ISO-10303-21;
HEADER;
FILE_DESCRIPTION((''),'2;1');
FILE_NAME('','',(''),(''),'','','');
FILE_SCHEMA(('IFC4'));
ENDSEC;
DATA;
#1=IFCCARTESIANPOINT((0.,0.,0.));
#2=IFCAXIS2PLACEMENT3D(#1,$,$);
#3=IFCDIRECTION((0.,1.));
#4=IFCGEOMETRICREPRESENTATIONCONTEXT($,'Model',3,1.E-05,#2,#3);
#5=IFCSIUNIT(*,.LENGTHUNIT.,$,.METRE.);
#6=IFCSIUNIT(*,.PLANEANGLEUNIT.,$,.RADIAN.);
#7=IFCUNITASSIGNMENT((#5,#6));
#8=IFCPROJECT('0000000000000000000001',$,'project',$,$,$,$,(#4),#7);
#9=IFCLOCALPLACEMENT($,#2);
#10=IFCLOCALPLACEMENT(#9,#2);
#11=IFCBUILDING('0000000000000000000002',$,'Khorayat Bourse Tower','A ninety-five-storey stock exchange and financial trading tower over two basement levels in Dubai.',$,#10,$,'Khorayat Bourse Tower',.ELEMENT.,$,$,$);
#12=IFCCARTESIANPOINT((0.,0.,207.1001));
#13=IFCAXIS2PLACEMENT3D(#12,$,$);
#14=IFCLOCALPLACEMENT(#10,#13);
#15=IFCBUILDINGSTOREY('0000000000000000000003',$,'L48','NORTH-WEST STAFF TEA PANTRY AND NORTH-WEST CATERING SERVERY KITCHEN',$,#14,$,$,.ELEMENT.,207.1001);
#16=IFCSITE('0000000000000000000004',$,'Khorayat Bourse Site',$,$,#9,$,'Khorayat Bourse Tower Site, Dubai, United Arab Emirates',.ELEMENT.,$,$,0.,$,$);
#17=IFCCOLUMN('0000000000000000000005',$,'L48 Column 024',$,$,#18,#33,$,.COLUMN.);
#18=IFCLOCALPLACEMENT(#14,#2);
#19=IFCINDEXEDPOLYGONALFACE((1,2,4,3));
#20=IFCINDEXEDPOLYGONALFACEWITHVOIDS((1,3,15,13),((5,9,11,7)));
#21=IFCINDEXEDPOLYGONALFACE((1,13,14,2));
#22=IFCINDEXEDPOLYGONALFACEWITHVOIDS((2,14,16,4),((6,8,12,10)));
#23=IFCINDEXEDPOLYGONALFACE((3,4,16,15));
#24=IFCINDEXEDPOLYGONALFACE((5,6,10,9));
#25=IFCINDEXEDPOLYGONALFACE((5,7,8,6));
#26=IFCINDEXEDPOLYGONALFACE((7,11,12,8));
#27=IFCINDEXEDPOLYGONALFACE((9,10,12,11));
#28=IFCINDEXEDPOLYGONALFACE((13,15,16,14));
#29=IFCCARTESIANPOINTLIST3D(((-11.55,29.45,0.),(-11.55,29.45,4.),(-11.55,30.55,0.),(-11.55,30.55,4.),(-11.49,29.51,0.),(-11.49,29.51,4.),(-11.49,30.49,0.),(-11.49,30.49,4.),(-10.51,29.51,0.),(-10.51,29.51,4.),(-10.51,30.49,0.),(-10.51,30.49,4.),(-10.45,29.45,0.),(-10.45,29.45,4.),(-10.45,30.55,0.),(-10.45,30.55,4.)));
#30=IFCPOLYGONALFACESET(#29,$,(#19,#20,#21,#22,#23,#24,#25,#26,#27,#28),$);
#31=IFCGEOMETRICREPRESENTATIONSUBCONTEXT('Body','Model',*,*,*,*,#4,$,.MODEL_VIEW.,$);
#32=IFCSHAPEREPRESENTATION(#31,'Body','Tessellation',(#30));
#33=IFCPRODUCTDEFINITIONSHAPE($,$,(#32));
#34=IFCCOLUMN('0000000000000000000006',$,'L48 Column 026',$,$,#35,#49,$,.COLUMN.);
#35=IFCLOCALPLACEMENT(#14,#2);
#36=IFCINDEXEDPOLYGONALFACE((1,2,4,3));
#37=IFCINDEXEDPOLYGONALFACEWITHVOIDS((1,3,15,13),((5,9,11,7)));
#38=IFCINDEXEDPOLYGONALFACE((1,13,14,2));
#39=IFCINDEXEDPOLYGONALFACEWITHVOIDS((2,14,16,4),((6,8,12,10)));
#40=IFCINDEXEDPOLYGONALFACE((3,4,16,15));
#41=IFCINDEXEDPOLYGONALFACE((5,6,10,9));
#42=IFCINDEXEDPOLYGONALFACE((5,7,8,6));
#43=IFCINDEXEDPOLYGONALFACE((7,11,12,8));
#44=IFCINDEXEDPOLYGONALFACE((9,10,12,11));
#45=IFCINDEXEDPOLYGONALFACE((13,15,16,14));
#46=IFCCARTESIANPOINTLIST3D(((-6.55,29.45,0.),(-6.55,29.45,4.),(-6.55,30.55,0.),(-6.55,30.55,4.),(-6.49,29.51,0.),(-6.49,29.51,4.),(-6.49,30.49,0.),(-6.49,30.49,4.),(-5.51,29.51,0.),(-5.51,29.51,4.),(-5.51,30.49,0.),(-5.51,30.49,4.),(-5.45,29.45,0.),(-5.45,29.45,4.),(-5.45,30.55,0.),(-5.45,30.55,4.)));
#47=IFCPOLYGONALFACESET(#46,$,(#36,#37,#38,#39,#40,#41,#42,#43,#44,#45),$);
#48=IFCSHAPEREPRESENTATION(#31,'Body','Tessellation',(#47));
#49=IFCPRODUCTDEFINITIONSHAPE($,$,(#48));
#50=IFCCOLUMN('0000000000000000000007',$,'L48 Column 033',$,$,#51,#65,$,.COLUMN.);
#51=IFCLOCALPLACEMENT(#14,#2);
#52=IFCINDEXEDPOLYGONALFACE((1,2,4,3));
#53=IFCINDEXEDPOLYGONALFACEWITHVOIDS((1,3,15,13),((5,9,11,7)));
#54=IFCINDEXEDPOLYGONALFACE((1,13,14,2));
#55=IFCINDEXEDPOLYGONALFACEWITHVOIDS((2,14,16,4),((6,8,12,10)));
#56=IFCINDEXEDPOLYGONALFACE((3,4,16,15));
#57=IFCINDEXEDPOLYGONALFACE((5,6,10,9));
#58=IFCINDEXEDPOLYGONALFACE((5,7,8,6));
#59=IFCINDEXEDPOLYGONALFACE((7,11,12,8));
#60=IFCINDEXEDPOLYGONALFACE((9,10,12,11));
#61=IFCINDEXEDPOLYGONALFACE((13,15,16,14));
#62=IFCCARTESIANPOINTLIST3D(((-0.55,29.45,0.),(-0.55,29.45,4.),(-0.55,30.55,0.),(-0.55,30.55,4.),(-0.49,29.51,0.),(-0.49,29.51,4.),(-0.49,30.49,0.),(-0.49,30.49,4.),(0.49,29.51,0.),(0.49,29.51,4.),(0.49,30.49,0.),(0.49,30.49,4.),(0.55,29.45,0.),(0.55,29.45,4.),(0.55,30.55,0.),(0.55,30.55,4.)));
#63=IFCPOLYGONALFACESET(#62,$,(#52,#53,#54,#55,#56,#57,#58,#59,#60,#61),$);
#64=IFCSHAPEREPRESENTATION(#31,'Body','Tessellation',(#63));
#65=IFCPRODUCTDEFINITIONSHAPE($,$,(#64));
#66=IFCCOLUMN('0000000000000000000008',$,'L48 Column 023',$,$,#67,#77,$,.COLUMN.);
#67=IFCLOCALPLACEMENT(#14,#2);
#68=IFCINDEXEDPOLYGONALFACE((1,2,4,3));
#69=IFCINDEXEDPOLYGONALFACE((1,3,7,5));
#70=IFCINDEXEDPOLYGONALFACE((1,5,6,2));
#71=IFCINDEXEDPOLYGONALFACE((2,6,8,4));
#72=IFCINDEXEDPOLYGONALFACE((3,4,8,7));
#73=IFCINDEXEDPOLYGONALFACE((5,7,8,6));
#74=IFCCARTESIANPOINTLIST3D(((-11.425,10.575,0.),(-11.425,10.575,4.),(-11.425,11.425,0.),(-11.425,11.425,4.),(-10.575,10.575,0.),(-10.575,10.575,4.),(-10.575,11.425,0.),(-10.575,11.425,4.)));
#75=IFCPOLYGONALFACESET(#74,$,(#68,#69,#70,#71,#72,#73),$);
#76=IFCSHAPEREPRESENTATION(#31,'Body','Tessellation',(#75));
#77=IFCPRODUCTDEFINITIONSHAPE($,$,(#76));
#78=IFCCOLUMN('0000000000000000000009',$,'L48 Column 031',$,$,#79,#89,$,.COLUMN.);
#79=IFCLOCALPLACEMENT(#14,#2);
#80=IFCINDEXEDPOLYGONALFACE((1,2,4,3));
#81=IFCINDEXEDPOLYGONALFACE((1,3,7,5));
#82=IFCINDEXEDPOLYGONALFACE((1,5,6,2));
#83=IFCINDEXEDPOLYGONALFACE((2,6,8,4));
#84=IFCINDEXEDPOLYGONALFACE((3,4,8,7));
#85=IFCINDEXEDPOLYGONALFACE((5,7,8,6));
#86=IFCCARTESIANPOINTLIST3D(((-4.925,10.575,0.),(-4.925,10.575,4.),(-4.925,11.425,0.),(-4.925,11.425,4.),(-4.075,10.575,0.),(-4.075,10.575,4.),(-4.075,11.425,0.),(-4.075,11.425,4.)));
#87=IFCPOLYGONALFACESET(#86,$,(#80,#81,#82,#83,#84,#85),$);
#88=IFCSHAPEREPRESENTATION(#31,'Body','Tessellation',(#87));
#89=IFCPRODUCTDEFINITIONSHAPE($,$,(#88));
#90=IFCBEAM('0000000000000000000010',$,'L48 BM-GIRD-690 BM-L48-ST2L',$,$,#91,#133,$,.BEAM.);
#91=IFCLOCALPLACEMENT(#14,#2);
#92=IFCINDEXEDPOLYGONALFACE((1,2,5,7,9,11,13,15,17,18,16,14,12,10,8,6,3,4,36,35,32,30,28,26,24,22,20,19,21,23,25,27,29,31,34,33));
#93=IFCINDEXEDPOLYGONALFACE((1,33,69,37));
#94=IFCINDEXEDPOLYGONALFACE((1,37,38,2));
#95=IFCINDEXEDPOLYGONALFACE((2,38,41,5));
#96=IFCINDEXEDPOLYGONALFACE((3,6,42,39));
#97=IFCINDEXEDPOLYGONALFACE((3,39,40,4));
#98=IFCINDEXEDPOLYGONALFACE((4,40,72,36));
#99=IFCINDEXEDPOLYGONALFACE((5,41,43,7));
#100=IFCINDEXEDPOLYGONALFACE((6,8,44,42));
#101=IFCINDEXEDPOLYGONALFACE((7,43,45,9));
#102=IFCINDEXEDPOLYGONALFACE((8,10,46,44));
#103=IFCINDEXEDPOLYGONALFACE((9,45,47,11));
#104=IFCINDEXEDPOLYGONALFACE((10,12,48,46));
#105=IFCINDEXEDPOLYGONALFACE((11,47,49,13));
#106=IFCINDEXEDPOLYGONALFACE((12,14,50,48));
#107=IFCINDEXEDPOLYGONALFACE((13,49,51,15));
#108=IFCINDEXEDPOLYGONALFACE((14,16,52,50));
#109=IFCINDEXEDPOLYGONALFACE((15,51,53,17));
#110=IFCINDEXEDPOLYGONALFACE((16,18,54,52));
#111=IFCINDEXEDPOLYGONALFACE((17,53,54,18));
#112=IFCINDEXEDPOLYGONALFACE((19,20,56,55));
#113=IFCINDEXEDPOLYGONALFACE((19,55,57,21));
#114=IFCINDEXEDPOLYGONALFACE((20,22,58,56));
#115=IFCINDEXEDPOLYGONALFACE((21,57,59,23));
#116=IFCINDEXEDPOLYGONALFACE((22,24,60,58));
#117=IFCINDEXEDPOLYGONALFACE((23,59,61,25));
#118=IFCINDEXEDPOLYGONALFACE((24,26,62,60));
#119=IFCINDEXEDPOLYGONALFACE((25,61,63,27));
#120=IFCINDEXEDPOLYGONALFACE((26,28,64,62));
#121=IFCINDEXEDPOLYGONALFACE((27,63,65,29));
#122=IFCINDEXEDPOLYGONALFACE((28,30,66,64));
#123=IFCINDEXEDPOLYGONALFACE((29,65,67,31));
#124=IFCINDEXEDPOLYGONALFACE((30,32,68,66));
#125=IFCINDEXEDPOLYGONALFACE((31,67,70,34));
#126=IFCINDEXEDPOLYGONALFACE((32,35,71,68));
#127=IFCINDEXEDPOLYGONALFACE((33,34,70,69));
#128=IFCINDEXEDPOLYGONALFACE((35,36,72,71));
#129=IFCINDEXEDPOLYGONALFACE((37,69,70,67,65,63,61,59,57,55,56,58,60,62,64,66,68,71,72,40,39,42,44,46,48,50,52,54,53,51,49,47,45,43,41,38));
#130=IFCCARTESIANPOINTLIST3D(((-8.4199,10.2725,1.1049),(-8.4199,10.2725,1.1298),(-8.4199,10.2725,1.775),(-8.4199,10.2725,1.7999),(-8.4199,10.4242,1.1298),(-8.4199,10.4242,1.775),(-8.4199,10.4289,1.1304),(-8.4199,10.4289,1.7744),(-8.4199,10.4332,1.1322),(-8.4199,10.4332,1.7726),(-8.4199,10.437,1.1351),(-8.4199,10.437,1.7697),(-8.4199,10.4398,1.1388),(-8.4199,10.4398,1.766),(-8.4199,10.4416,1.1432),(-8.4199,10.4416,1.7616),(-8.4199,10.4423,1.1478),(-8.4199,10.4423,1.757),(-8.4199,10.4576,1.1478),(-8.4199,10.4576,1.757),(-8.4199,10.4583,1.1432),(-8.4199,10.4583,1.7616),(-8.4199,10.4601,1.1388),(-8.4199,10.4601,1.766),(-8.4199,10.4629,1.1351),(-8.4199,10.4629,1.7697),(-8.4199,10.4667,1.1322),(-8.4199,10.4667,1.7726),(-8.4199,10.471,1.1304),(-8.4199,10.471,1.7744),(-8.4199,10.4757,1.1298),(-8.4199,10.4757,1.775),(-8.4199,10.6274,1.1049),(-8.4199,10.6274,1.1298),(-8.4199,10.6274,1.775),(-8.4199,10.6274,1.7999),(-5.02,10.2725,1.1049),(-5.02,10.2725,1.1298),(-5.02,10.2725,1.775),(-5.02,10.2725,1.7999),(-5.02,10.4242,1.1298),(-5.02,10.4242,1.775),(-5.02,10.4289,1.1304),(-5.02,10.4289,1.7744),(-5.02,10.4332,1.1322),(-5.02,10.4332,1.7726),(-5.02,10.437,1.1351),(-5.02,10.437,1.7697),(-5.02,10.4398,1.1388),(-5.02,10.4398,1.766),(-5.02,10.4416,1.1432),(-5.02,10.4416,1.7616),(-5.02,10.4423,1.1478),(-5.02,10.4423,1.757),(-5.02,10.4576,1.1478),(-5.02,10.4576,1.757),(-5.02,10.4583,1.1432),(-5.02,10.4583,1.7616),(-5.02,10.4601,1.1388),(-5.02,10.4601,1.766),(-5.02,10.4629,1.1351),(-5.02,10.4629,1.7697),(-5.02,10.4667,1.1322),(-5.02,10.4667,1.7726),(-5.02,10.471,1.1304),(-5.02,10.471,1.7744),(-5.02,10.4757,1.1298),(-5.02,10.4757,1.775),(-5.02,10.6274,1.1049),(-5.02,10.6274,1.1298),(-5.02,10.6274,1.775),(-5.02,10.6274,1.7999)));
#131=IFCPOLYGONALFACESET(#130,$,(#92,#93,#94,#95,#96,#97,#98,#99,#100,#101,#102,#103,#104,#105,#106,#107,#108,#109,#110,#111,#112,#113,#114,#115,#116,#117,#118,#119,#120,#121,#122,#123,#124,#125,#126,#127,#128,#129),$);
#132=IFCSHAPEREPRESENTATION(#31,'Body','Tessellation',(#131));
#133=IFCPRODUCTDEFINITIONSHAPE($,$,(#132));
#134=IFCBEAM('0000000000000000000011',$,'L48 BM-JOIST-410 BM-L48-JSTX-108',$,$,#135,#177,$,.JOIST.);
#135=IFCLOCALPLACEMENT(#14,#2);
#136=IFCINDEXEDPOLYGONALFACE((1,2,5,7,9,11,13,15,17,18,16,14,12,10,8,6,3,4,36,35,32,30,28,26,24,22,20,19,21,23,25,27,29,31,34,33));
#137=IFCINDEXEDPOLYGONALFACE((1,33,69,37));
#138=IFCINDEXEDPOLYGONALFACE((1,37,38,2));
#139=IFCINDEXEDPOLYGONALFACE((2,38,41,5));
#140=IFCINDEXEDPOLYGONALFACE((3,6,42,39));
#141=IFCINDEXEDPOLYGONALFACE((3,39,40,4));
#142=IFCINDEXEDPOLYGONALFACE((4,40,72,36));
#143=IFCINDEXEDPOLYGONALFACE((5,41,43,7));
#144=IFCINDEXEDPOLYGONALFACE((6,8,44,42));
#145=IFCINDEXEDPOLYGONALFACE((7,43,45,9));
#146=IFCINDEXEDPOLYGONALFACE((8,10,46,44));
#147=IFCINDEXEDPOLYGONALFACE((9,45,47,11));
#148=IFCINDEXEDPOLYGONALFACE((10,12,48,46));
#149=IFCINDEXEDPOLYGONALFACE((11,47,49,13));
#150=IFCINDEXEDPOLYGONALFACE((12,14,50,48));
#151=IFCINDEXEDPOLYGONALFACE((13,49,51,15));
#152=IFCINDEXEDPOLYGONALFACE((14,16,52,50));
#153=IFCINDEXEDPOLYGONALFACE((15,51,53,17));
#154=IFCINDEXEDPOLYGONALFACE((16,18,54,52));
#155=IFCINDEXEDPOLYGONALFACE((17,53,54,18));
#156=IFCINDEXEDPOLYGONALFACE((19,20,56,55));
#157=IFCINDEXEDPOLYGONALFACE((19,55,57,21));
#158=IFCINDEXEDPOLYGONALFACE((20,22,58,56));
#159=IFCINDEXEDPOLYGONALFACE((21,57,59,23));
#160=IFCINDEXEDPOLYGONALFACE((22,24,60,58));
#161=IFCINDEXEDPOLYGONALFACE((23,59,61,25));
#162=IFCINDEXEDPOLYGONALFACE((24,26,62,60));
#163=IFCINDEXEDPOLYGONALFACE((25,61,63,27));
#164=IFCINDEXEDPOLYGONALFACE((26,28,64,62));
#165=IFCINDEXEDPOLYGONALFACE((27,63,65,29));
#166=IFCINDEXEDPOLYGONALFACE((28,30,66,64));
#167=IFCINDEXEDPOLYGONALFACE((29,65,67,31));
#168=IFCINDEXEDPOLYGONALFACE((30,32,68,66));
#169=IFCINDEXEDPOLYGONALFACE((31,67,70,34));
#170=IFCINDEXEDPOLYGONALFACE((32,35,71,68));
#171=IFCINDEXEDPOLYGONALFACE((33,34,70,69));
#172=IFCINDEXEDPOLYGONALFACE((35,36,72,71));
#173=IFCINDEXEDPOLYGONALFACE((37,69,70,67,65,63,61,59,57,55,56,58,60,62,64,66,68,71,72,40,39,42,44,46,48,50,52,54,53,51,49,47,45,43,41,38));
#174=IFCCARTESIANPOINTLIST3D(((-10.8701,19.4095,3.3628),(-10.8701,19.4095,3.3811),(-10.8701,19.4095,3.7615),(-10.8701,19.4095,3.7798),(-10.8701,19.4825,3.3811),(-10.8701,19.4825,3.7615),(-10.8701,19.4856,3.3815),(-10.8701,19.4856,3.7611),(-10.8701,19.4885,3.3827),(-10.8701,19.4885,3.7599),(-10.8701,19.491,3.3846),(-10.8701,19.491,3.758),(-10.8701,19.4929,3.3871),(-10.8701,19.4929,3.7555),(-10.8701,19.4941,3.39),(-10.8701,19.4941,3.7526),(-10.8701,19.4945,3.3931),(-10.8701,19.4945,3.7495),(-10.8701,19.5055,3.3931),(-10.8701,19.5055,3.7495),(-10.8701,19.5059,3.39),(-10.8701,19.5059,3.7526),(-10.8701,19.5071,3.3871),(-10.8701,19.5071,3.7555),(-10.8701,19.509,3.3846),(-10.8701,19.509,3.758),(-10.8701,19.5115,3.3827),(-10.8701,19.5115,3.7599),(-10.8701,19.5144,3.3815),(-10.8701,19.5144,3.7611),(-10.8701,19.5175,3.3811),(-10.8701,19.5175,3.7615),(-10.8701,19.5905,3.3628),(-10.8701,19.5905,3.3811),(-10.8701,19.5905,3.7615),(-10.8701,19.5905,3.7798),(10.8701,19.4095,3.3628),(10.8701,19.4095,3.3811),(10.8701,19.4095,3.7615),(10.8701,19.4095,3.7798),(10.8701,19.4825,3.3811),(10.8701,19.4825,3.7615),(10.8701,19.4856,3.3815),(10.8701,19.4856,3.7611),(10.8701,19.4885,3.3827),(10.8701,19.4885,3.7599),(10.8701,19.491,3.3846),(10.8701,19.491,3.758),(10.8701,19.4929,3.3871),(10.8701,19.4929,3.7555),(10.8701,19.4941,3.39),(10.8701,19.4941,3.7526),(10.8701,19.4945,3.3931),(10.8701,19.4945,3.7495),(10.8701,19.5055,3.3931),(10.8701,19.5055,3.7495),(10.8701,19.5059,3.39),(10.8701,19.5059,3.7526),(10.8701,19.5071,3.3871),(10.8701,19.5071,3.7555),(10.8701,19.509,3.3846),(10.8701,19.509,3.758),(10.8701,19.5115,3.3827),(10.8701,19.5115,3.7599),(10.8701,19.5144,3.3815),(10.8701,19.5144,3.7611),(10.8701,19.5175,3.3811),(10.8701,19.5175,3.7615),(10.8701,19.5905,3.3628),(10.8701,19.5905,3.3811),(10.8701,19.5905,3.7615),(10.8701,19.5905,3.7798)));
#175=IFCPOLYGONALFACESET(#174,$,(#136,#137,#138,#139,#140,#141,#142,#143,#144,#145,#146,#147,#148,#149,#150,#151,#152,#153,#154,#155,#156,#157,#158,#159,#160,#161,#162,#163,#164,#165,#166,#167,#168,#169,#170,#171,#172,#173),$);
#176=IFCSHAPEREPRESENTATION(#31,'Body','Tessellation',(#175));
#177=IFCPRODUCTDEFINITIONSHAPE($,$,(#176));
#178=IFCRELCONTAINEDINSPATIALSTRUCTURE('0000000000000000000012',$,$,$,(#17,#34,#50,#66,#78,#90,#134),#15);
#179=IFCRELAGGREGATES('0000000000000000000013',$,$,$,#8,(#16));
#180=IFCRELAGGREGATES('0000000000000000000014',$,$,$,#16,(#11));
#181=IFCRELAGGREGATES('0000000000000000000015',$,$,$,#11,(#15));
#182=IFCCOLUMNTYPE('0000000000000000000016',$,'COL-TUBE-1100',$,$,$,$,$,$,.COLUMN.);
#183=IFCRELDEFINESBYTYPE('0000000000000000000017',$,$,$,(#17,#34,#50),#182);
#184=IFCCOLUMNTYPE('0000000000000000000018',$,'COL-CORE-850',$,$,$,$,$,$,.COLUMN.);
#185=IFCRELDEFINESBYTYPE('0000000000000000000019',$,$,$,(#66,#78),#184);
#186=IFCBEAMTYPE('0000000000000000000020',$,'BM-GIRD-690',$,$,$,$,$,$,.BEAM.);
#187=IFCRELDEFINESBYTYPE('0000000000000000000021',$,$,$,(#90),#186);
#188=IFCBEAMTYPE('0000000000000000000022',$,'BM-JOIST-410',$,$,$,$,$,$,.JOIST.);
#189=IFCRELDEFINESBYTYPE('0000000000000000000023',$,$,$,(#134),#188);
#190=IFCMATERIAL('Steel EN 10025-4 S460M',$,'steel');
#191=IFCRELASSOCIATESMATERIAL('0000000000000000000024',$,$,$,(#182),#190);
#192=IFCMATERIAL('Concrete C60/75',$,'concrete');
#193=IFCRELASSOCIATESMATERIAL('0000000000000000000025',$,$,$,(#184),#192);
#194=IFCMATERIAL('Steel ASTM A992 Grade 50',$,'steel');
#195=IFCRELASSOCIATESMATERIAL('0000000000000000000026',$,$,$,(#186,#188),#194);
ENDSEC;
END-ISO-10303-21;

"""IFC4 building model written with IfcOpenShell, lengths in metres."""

from ifc_helpers import new_model, si_unit, direction, frame, origin, origin_2d, place, context, subcontext, project, spatial, rectangle, hollow_rectangle, i_section, extrude, source, transform, mapped, material, material_profile, profile_set, type_object, element, save


model = new_model("IFC4")

# Units and contexts
model_context = context("Model", 3, precision=1e-05, world=origin(), true_north=direction((0.0, 1.0)))
body_context = subcontext(model_context, "Body", "Model", "MODEL_VIEW")
ifc_project = project(units=[si_unit("LENGTHUNIT", "METRE"), si_unit("PLANEANGLEUNIT", "RADIAN")], contexts=[model_context])

# Site, building, storey
site_placement = place(None, origin())
site = spatial("IfcSite", under=ifc_project, at=site_placement, Name="Khorayat Bourse Site", LongName="Khorayat Bourse Tower Site, Dubai, United Arab Emirates", CompositionType="ELEMENT", RefElevation=0.0)
building_placement = place(site_placement, origin())
building = spatial("IfcBuilding", under=site, at=building_placement, Name="Khorayat Bourse Tower", Description="A ninety-five-storey stock exchange and financial trading tower over two basement levels in Dubai.", LongName="Khorayat Bourse Tower", CompositionType="ELEMENT")
storey_placement = place(building_placement, frame((0.0, 0.0, 207.1001)))
storey = spatial("IfcBuildingStorey", under=building, at=storey_placement, Name="L48", Description="NORTH-WEST STAFF TEA PANTRY AND NORTH-WEST CATERING SERVERY KITCHEN", CompositionType="ELEMENT", Elevation=207.1001)

# Columns
ifc_material_1 = material(Name="Steel EN 10025-4 S460M", Category="steel")
ifc_material_profile_1 = material_profile(ifc_material_1, hollow_rectangle(XDim=1.1001, YDim=1.1001, WallThickness=0.0601, at=origin_2d()), Name="BOX 1100x1100x60")
ifc_profile_set_1 = profile_set([ifc_material_profile_1], Name="Steel EN 10025-4 S460M")
column_type_1 = type_object("IfcColumnType", Name="COL-TUBE-1100", PredefinedType="COLUMN", material=ifc_profile_set_1)
shared_shape_1 = source(origin(), body_context, "Body", "SweptSolid", [
    extrude(hollow_rectangle(XDim=1.1001, YDim=1.1001, WallThickness=0.0601, at=origin_2d()), origin(), (0.0, 0.0, 1.0), 4.0),
])
for number, where, z_axis, x_axis, name in (
    (1, (-11.0, 30.0, 0.0), (0.0, 0.0, 1.0), (1.0, 0.0, 0.0), "L48 Column 024"),
    (2, (-6.0, 30.0, 0.0), (0.0, 0.0, 1.0), (1.0, 0.0, 0.0), "L48 Column 026"),
    (3, (0.0, 30.0, 0.0), (0.0, 0.0, 1.0), (1.0, 0.0, 0.0), "L48 Column 033"),
):
    element("IfcColumn", number, at=place(storey_placement, frame(where, z_axis=z_axis, x_axis=x_axis)), inside=storey, type_object=column_type_1, Name=name, PredefinedType="COLUMN", context=body_context, shape_type="MappedRepresentation", body=[
        mapped(shared_shape_1, transform((0.0, 0.0, 0.0), scale=1.0)),
    ])
ifc_material_2 = material(Name="Concrete C60/75", Category="concrete")
ifc_material_profile_2 = material_profile(ifc_material_2, rectangle(XDim=0.8501, YDim=0.8501, at=origin_2d()), Name="RC 850x850")
ifc_profile_set_2 = profile_set([ifc_material_profile_2], Name="Concrete C60/75")
column_type_2 = type_object("IfcColumnType", Name="COL-CORE-850", PredefinedType="COLUMN", material=ifc_profile_set_2)
shared_shape_2 = source(origin(), body_context, "Body", "SweptSolid", [
    extrude(rectangle(XDim=0.8501, YDim=0.8501, at=origin_2d()), origin(), (0.0, 0.0, 1.0), 4.0),
])
for number, where, z_axis, x_axis, name in (
    (4, (-11.0, 11.0, 0.0), (0.0, 0.0, 1.0), (1.0, 0.0, 0.0), "L48 Column 023"),
    (5, (-4.5, 11.0, 0.0), (0.0, 0.0, 1.0), (1.0, 0.0, 0.0), "L48 Column 031"),
):
    element("IfcColumn", number, at=place(storey_placement, frame(where, z_axis=z_axis, x_axis=x_axis)), inside=storey, type_object=column_type_2, Name=name, PredefinedType="COLUMN", context=body_context, shape_type="MappedRepresentation", body=[
        mapped(shared_shape_2, transform((0.0, 0.0, 0.0), scale=1.0)),
    ])

# Beams
ifc_material_3 = material(Name="Steel ASTM A992 Grade 50", Category="steel")
ifc_material_profile_3 = material_profile(ifc_material_3, i_section(OverallWidth=0.355, OverallDepth=0.6951, WebThickness=0.0154, FlangeThickness=0.0249, FilletRadius=0.0181, at=origin_2d()), Name="W690X217")
ifc_profile_set_3 = profile_set([ifc_material_profile_3], Name="Steel ASTM A992 Grade 50")
beam_type_1 = type_object("IfcBeamType", Name="BM-GIRD-690", PredefinedType="BEAM", material=ifc_profile_set_3)
shared_shape_3 = source(origin(), body_context, "Body", "SweptSolid", [
    extrude(i_section(OverallWidth=0.355, OverallDepth=0.6951, WebThickness=0.0154, FlangeThickness=0.0249, FilletRadius=0.0181, at=origin_2d()), origin(), (0.0, 0.0, 1.0), 3.3999),
])
beam_1_placement = place(storey_placement, frame((-8.4199, 10.45, 1.4524), z_axis=(1.0, 0.0, 0.0), x_axis=(0.0, 1.0, 0.0)))
element("IfcBeam", 6, at=beam_1_placement, inside=storey, type_object=beam_type_1, Name="L48 BM-GIRD-690 BM-L48-ST2L", PredefinedType="BEAM", context=body_context, shape_type="MappedRepresentation", body=[
    mapped(shared_shape_3, transform((0.0, 0.0, 0.0), scale=1.0)),
])
ifc_material_profile_4 = material_profile(ifc_material_3, i_section(OverallWidth=0.1809, OverallDepth=0.417, WebThickness=0.011, FlangeThickness=0.0183, FilletRadius=0.012, at=origin_2d()), Name="W410X85")
ifc_profile_set_4 = profile_set([ifc_material_profile_4], Name="Steel ASTM A992 Grade 50")
beam_type_2 = type_object("IfcBeamType", Name="BM-JOIST-410", PredefinedType="JOIST", material=ifc_profile_set_4)
shared_shape_4 = source(origin(), body_context, "Body", "SweptSolid", [
    extrude(i_section(OverallWidth=0.1809, OverallDepth=0.417, WebThickness=0.011, FlangeThickness=0.0183, FilletRadius=0.012, at=origin_2d()), origin(), (0.0, 0.0, 1.0), 21.7402),
])
beam_2_placement = place(storey_placement, frame((-10.8701, 19.5, 3.5713), z_axis=(1.0, 0.0, 0.0), x_axis=(0.0, 1.0, 0.0)))
element("IfcBeam", 7, at=beam_2_placement, inside=storey, type_object=beam_type_2, Name="L48 BM-JOIST-410 BM-L48-JSTX-108", PredefinedType="JOIST", context=body_context, shape_type="MappedRepresentation", body=[
    mapped(shared_shape_4, transform((0.0, 0.0, 0.0), scale=1.0)),
])

save(model, "model.ifc")
